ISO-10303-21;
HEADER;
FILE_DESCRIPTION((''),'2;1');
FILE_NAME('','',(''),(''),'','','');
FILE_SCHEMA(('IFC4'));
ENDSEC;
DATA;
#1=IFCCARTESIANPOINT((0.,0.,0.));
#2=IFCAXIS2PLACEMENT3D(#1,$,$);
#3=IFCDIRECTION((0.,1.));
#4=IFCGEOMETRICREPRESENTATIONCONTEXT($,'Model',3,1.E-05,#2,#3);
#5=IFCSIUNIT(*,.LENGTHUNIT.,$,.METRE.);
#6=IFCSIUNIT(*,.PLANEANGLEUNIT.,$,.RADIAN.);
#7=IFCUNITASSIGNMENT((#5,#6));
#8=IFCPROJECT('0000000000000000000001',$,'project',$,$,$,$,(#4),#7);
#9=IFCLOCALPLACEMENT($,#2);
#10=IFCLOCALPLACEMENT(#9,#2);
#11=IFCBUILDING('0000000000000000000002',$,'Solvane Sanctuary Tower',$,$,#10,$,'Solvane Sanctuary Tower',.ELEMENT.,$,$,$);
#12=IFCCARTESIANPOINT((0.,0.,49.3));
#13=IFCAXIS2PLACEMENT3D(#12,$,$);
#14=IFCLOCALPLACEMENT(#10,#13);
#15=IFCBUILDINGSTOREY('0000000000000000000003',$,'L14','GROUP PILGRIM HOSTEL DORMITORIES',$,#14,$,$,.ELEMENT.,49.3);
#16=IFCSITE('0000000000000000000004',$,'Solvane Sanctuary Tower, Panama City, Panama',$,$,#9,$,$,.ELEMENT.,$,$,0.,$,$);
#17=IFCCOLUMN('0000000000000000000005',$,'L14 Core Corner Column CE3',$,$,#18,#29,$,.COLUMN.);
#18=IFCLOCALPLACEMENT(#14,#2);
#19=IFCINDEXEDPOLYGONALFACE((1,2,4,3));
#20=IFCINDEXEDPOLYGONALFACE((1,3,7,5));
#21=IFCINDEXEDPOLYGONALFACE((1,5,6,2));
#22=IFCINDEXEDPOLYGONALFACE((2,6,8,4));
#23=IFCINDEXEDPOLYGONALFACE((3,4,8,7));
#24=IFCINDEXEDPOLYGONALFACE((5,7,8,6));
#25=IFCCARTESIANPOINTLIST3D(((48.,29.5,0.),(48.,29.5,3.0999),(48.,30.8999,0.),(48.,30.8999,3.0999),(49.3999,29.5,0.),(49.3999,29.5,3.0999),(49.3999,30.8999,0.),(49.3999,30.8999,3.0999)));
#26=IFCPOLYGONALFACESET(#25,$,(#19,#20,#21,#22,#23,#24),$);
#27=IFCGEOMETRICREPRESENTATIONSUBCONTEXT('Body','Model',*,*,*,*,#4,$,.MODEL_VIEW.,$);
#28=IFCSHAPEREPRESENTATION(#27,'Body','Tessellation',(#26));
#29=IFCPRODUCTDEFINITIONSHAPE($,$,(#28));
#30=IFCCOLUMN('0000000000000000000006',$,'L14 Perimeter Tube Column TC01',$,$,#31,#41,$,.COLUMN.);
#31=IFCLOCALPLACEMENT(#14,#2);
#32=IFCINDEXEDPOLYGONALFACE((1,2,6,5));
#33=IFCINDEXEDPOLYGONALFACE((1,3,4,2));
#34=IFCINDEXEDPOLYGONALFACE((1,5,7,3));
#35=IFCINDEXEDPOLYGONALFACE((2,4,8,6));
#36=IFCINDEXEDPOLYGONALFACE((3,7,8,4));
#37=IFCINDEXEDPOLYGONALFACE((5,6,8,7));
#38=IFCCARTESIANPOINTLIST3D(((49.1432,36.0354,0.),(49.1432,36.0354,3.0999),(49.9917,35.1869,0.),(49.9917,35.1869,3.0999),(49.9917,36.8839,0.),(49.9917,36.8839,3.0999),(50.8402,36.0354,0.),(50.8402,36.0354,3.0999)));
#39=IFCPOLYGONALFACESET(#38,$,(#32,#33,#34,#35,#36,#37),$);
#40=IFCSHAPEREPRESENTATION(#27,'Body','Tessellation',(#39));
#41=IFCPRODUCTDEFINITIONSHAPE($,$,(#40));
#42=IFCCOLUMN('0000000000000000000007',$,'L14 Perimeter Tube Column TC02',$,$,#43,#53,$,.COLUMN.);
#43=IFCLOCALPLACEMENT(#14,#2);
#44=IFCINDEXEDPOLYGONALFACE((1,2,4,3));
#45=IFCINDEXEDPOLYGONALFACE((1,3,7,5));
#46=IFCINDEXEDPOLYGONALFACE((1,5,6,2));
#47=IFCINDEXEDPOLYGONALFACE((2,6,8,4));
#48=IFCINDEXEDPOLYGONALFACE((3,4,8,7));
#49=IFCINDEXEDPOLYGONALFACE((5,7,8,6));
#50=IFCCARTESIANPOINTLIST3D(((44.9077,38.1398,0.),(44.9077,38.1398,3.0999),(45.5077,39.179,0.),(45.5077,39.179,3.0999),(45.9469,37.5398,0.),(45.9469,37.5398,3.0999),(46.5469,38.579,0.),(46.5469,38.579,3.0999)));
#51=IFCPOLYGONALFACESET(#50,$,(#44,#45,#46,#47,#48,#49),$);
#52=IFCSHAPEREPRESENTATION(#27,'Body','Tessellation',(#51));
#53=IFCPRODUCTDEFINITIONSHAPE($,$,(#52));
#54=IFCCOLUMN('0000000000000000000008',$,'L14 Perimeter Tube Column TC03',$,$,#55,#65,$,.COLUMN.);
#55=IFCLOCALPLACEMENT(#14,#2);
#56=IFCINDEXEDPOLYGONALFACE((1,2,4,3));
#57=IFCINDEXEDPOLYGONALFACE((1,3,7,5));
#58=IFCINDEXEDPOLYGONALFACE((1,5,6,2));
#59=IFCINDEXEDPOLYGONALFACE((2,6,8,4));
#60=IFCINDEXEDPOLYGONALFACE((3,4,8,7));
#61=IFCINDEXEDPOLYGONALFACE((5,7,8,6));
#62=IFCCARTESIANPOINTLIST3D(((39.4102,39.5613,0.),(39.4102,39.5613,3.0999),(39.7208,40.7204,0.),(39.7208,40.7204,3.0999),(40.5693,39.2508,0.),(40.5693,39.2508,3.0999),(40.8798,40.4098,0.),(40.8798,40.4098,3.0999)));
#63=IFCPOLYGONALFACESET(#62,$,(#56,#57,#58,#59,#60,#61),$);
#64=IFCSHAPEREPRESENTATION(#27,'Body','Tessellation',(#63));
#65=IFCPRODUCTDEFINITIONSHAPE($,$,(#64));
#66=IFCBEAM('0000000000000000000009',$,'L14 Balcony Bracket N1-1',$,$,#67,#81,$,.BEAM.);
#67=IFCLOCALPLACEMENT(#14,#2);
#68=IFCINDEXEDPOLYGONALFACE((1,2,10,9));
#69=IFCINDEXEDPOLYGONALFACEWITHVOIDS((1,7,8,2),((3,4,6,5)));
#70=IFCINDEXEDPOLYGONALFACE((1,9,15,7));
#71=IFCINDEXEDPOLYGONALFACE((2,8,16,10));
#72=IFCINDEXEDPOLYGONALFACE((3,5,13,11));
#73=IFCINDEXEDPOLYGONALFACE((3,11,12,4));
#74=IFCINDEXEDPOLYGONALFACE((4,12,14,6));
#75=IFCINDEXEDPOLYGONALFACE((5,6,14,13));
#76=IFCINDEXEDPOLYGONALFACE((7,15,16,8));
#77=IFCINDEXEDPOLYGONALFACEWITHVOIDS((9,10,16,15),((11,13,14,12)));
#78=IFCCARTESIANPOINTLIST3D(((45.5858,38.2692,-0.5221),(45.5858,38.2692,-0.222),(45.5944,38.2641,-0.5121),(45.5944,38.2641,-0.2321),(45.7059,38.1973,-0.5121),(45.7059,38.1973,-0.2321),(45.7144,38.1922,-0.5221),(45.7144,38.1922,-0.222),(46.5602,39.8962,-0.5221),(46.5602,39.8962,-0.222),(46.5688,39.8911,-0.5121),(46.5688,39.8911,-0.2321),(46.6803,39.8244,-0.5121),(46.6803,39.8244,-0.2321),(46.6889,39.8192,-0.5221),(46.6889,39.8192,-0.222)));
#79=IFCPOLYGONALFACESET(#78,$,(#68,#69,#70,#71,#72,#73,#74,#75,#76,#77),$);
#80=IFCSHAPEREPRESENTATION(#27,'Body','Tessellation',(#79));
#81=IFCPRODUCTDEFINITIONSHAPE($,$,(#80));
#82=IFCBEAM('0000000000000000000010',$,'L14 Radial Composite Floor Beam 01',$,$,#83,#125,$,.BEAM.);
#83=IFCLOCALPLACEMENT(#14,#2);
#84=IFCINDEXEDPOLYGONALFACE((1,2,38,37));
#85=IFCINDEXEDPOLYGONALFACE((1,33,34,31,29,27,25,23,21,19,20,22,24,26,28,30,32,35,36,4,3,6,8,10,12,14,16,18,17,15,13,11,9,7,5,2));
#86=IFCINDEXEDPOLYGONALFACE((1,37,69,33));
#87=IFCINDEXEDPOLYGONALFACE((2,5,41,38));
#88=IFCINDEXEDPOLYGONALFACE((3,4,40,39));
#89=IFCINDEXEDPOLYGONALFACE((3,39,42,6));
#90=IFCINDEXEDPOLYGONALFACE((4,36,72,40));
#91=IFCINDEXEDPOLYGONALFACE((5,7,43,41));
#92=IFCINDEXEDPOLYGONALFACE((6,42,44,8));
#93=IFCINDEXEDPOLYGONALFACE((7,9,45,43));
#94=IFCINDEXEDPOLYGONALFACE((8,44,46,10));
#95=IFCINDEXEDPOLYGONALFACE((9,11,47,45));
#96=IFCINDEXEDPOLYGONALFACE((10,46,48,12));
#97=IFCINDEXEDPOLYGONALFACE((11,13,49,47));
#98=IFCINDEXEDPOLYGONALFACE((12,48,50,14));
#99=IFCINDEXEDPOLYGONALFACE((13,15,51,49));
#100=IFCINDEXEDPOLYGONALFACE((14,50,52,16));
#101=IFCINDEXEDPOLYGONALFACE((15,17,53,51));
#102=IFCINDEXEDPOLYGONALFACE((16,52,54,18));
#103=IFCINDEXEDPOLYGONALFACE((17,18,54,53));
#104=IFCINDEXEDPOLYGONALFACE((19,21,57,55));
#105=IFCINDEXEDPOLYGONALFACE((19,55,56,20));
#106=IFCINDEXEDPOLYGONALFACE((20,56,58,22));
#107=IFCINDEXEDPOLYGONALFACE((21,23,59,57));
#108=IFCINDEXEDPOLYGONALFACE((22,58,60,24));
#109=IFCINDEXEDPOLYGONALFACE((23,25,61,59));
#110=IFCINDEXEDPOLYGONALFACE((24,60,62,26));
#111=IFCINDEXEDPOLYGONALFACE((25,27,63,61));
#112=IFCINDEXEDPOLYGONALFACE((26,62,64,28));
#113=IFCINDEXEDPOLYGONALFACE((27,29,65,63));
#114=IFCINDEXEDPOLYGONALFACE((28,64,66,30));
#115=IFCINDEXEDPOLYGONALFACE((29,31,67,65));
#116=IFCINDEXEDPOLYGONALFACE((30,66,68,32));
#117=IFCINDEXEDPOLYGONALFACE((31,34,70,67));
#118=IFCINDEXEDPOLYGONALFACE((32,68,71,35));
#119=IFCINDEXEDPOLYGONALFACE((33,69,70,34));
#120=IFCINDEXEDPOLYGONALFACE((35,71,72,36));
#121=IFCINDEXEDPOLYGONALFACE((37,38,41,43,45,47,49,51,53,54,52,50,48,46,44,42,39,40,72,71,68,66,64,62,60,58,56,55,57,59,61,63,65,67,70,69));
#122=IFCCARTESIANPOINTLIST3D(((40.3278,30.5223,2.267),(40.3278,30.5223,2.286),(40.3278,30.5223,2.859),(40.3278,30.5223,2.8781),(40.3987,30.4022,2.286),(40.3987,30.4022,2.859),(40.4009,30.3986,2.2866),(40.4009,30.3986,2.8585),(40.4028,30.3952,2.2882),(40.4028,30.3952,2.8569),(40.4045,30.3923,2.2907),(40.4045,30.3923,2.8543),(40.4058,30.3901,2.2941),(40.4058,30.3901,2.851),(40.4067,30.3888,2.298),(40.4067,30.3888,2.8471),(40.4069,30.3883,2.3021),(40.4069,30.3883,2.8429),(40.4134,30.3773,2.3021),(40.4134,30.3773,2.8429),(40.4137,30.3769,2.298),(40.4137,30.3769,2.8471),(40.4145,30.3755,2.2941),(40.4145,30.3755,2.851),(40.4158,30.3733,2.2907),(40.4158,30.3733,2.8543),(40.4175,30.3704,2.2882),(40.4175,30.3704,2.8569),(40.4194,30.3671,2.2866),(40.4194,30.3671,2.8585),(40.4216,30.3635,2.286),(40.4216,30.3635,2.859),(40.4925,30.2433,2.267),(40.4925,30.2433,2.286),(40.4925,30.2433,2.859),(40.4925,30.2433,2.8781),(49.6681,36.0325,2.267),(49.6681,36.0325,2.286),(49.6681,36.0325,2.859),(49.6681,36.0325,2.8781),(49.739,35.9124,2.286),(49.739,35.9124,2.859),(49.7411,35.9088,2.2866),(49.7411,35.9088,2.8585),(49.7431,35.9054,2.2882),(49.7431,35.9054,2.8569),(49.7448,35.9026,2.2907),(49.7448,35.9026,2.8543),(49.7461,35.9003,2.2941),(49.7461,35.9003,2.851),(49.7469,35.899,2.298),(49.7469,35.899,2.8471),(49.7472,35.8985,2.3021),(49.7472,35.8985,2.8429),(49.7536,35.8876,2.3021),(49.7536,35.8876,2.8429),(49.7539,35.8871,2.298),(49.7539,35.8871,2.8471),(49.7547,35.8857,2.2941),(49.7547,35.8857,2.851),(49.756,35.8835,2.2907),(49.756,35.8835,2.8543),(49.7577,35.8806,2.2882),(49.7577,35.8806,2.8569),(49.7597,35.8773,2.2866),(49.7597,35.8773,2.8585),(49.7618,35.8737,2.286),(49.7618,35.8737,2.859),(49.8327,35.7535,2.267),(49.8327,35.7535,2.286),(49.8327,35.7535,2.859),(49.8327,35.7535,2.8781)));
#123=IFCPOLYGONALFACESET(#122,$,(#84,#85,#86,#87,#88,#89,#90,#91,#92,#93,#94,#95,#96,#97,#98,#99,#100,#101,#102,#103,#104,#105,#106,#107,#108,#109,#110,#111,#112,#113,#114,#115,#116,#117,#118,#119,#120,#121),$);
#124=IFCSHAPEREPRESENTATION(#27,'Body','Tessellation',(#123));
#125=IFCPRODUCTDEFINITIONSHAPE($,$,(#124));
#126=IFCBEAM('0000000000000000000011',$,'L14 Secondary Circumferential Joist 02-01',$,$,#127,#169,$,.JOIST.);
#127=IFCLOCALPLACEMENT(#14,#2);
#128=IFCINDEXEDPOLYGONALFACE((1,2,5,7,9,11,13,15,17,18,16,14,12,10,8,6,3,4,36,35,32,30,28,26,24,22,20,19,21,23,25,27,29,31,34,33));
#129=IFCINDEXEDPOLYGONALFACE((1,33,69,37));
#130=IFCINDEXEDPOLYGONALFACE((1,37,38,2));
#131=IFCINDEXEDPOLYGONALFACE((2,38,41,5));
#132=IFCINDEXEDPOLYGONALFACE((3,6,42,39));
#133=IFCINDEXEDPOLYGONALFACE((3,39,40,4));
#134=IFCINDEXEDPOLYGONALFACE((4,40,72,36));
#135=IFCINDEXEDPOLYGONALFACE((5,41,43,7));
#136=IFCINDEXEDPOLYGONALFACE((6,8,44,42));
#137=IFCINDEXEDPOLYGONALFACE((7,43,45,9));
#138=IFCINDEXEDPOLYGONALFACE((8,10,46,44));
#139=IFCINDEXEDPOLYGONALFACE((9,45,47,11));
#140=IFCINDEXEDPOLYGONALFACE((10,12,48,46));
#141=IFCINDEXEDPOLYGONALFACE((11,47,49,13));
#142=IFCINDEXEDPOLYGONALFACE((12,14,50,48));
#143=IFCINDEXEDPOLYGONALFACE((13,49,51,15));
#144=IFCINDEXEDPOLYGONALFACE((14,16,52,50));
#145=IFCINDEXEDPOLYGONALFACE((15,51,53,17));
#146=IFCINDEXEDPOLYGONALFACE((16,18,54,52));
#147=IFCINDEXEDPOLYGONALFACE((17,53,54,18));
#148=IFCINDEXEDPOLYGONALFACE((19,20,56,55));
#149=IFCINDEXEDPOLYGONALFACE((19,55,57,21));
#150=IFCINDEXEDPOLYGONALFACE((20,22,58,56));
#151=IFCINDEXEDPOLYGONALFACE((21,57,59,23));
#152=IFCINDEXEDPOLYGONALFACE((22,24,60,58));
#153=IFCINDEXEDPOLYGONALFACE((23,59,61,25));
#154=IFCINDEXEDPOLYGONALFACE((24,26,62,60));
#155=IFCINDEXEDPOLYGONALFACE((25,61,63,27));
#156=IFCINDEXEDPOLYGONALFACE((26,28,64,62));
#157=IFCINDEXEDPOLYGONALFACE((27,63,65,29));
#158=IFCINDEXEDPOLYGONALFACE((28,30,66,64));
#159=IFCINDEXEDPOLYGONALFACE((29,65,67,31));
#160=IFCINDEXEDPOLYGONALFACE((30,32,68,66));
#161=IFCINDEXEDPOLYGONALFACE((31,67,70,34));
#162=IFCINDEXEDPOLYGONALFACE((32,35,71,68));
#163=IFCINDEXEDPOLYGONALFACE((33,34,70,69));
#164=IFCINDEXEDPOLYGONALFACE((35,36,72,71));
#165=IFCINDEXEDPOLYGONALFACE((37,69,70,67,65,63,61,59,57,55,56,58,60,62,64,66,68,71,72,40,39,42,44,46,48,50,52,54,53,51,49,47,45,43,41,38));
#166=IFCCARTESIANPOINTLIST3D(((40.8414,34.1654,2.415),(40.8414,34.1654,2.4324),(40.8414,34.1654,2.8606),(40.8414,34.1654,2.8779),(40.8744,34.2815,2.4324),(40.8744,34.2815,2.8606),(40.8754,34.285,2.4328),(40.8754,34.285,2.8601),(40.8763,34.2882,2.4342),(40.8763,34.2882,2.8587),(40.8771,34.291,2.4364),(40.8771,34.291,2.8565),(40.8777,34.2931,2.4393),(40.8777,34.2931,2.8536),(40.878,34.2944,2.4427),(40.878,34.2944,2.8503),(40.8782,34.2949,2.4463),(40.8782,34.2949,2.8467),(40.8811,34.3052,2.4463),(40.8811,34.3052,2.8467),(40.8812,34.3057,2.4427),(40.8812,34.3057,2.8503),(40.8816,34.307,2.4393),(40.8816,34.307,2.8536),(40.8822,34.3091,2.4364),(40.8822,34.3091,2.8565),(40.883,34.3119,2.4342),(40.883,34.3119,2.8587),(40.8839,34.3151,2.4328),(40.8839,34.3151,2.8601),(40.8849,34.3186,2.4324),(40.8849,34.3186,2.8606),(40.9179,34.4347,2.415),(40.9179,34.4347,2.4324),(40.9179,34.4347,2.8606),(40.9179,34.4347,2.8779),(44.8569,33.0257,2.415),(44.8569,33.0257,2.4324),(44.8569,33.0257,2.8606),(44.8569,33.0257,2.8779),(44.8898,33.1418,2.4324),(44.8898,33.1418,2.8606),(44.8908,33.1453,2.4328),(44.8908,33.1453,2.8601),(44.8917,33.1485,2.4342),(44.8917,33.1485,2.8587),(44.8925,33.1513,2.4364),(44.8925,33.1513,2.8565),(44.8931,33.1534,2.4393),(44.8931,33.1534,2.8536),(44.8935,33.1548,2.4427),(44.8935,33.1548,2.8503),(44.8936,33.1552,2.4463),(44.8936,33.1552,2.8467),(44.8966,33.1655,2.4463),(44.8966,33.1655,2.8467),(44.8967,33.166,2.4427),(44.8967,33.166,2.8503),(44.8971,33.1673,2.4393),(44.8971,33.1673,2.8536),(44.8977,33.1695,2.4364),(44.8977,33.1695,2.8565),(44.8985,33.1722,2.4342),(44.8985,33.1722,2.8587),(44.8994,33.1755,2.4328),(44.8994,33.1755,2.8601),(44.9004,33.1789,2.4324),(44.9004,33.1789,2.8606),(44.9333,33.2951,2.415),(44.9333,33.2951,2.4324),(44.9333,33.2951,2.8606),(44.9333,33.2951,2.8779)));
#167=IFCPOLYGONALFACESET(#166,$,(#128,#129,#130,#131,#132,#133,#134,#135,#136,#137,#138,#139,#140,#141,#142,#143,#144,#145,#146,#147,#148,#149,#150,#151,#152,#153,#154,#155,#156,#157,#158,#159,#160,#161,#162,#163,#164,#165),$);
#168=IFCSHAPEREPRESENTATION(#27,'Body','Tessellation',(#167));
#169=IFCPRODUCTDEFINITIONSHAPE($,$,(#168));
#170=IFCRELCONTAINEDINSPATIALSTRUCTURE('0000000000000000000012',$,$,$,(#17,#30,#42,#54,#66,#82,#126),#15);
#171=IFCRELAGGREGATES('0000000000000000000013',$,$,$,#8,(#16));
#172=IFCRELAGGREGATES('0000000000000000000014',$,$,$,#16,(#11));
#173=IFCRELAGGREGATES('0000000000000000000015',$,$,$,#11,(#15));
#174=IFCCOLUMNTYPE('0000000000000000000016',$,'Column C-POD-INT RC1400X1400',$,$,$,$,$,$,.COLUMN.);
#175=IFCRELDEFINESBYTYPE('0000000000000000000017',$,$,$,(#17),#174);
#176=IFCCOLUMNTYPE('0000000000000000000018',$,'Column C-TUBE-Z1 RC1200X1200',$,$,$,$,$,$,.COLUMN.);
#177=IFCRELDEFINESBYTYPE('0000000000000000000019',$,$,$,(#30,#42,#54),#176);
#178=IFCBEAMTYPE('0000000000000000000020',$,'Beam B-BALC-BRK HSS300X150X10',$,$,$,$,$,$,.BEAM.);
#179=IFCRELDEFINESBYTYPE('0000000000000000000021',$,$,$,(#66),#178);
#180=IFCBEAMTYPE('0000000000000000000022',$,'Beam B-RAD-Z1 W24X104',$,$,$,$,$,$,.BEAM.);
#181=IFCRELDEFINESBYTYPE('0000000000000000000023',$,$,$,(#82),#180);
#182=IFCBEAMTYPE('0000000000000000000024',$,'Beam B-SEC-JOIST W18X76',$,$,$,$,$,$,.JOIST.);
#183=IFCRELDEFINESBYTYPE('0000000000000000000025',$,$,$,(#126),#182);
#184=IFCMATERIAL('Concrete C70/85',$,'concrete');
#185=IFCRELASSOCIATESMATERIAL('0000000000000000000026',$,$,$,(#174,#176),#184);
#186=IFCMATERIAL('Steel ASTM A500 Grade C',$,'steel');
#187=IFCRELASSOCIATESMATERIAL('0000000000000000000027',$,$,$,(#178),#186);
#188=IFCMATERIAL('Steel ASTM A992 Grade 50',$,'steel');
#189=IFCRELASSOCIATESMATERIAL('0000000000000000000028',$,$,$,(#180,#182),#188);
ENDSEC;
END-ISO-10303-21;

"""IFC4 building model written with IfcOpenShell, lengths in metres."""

from ifc_helpers import new_model, si_unit, direction, frame, origin, origin_2d, place, context, subcontext, project, spatial, rectangle, hollow_rectangle, i_section, extrude, material, material_profile, profile_set, type_object, element, save


model = new_model("IFC4")

# Units and contexts
model_context = context("Model", 3, precision=1e-05, world=origin(), true_north=direction((0.0, 1.0)))
body_context = subcontext(model_context, "Body", "Model", "MODEL_VIEW")
ifc_project = project(units=[si_unit("LENGTHUNIT", "METRE"), si_unit("PLANEANGLEUNIT", "RADIAN")], contexts=[model_context])

# Site, building, storey
site_placement = place(None, origin())
site = spatial("IfcSite", under=ifc_project, at=site_placement, Name="Solvane Sanctuary Tower, Panama City, Panama", CompositionType="ELEMENT", RefElevation=0.0)
building_placement = place(site_placement, origin())
building = spatial("IfcBuilding", under=site, at=building_placement, Name="Solvane Sanctuary Tower", LongName="Solvane Sanctuary Tower", CompositionType="ELEMENT")
storey_placement = place(building_placement, frame((0.0, 0.0, 49.3)))
storey = spatial("IfcBuildingStorey", under=building, at=storey_placement, Name="L14", Description="GROUP PILGRIM HOSTEL DORMITORIES", CompositionType="ELEMENT", Elevation=49.3)

# Columns
ifc_material_1 = material(Name="Concrete C70/85", Category="concrete")
ifc_material_profile_1 = material_profile(ifc_material_1, rectangle(XDim=1.3999, YDim=1.3999, at=origin_2d()), Name="RC1400X1400")
ifc_profile_set_1 = profile_set([ifc_material_profile_1], Name="Concrete C70/85")
column_type_1 = type_object("IfcColumnType", Name="Column C-POD-INT RC1400X1400", PredefinedType="COLUMN", material=ifc_profile_set_1)
column_placement = place(storey_placement, frame((48.7, 30.2, 0.0), z_axis=(0.0, 0.0, 1.0), x_axis=(1.0, 0.0, 0.0)))
element("IfcColumn", 1, at=column_placement, inside=storey, type_object=column_type_1, Name="L14 Core Corner Column CE3", PredefinedType="COLUMN", context=body_context, shape_type="SweptSolid", body=[
    extrude(rectangle(XDim=1.3999, YDim=1.3999, at=origin_2d()), origin(), (0.0, 0.0, 1.0), 3.0999),
])
ifc_material_profile_2 = material_profile(ifc_material_1, rectangle(XDim=1.2, YDim=1.2, at=origin_2d()), Name="RC1200X1200")
ifc_profile_set_2 = profile_set([ifc_material_profile_2], Name="Concrete C70/85")
column_type_2 = type_object("IfcColumnType", Name="Column C-TUBE-Z1 RC1200X1200", PredefinedType="COLUMN", material=ifc_profile_set_2)
for number, where, z_axis, x_axis, name in (
    (2, (49.9917, 36.0354, 0.0), (0.0, 0.0, 1.0), (0.707107, 0.707107, 0.0), "L14 Perimeter Tube Column TC01"),
    (3, (45.7273, 38.3594, 0.0), (0.0, 0.0, 1.0), (0.5, 0.866025, 0.0), "L14 Perimeter Tube Column TC02"),
    (4, (40.145, 39.9856, 0.0), (0.0, 0.0, 1.0), (0.258819, 0.965926, 0.0), "L14 Perimeter Tube Column TC03"),
):
    element("IfcColumn", number, at=place(storey_placement, frame(where, z_axis=z_axis, x_axis=x_axis)), inside=storey, type_object=column_type_2, Name=name, PredefinedType="COLUMN", context=body_context, shape_type="SweptSolid", body=[
        extrude(rectangle(XDim=1.2, YDim=1.2, at=origin_2d()), origin(), (0.0, 0.0, 1.0), 3.0999),
    ])

# Beams
ifc_material_2 = material(Name="Steel ASTM A500 Grade C", Category="steel")
ifc_material_profile_3 = material_profile(ifc_material_2, hollow_rectangle(XDim=0.1499, YDim=0.3, WallThickness=0.01, at=origin_2d()), Name="HSS300X150X10")
ifc_profile_set_3 = profile_set([ifc_material_profile_3], Name="Steel ASTM A500 Grade C")
beam_type_1 = type_object("IfcBeamType", Name="Beam B-BALC-BRK HSS300X150X10", PredefinedType="BEAM", material=ifc_profile_set_3)
beam_1_placement = place(storey_placement, frame((45.6501, 38.2307, -0.3721), z_axis=(0.513795, 0.857913, 0.0), x_axis=(-0.857913, 0.513795, 0.0)))
element("IfcBeam", 5, at=beam_1_placement, inside=storey, type_object=beam_type_1, Name="L14 Balcony Bracket N1-1", PredefinedType="BEAM", context=body_context, shape_type="SweptSolid", body=[
    extrude(hollow_rectangle(XDim=0.1499, YDim=0.3, WallThickness=0.01, at=origin_2d()), origin(), (0.0, 0.0, 1.0), 1.8965),
])
ifc_material_3 = material(Name="Steel ASTM A992 Grade 50", Category="steel")
ifc_material_profile_4 = material_profile(ifc_material_3, i_section(OverallWidth=0.324, OverallDepth=0.6111, WebThickness=0.0127, FlangeThickness=0.019, FilletRadius=0.0161, at=origin_2d()), Name="W24X104")
ifc_profile_set_4 = profile_set([ifc_material_profile_4], Name="Steel ASTM A992 Grade 50")
beam_type_2 = type_object("IfcBeamType", Name="Beam B-RAD-Z1 W24X104", PredefinedType="BEAM", material=ifc_profile_set_4)
beam_2_placement = place(storey_placement, frame((40.4102, 30.3828, 2.5725), z_axis=(0.861291, 0.508112, 0.0), x_axis=(-0.508112, 0.861291, 0.0)))
element("IfcBeam", 6, at=beam_2_placement, inside=storey, type_object=beam_type_2, Name="L14 Radial Composite Floor Beam 01", PredefinedType="BEAM", context=body_context, shape_type="SweptSolid", body=[
    extrude(i_section(OverallWidth=0.324, OverallDepth=0.6111, WebThickness=0.0127, FlangeThickness=0.019, FilletRadius=0.0161, at=origin_2d()), origin(), (0.0, 0.0, 1.0), 10.8445),
])
ifc_material_profile_5 = material_profile(ifc_material_3, i_section(OverallWidth=0.28, OverallDepth=0.4629, WebThickness=0.0107, FlangeThickness=0.0173, FilletRadius=0.0139, at=origin_2d()), Name="W18X76")
ifc_profile_set_5 = profile_set([ifc_material_profile_5], Name="Steel ASTM A992 Grade 50")
beam_type_3 = type_object("IfcBeamType", Name="Beam B-SEC-JOIST W18X76", PredefinedType="JOIST", material=ifc_profile_set_5)
beam_3_placement = place(storey_placement, frame((40.8796, 34.3, 2.6465), z_axis=(0.962004, -0.273037, 0.0), x_axis=(0.273037, 0.962004, 0.0)))
element("IfcBeam", 7, at=beam_3_placement, inside=storey, type_object=beam_type_3, Name="L14 Secondary Circumferential Joist 02-01", PredefinedType="JOIST", context=body_context, shape_type="SweptSolid", body=[
    extrude(i_section(OverallWidth=0.28, OverallDepth=0.4629, WebThickness=0.0107, FlangeThickness=0.0173, FilletRadius=0.0139, at=origin_2d()), origin(), (0.0, 0.0, 1.0), 4.1741),
])

save(model, "model.ifc")
